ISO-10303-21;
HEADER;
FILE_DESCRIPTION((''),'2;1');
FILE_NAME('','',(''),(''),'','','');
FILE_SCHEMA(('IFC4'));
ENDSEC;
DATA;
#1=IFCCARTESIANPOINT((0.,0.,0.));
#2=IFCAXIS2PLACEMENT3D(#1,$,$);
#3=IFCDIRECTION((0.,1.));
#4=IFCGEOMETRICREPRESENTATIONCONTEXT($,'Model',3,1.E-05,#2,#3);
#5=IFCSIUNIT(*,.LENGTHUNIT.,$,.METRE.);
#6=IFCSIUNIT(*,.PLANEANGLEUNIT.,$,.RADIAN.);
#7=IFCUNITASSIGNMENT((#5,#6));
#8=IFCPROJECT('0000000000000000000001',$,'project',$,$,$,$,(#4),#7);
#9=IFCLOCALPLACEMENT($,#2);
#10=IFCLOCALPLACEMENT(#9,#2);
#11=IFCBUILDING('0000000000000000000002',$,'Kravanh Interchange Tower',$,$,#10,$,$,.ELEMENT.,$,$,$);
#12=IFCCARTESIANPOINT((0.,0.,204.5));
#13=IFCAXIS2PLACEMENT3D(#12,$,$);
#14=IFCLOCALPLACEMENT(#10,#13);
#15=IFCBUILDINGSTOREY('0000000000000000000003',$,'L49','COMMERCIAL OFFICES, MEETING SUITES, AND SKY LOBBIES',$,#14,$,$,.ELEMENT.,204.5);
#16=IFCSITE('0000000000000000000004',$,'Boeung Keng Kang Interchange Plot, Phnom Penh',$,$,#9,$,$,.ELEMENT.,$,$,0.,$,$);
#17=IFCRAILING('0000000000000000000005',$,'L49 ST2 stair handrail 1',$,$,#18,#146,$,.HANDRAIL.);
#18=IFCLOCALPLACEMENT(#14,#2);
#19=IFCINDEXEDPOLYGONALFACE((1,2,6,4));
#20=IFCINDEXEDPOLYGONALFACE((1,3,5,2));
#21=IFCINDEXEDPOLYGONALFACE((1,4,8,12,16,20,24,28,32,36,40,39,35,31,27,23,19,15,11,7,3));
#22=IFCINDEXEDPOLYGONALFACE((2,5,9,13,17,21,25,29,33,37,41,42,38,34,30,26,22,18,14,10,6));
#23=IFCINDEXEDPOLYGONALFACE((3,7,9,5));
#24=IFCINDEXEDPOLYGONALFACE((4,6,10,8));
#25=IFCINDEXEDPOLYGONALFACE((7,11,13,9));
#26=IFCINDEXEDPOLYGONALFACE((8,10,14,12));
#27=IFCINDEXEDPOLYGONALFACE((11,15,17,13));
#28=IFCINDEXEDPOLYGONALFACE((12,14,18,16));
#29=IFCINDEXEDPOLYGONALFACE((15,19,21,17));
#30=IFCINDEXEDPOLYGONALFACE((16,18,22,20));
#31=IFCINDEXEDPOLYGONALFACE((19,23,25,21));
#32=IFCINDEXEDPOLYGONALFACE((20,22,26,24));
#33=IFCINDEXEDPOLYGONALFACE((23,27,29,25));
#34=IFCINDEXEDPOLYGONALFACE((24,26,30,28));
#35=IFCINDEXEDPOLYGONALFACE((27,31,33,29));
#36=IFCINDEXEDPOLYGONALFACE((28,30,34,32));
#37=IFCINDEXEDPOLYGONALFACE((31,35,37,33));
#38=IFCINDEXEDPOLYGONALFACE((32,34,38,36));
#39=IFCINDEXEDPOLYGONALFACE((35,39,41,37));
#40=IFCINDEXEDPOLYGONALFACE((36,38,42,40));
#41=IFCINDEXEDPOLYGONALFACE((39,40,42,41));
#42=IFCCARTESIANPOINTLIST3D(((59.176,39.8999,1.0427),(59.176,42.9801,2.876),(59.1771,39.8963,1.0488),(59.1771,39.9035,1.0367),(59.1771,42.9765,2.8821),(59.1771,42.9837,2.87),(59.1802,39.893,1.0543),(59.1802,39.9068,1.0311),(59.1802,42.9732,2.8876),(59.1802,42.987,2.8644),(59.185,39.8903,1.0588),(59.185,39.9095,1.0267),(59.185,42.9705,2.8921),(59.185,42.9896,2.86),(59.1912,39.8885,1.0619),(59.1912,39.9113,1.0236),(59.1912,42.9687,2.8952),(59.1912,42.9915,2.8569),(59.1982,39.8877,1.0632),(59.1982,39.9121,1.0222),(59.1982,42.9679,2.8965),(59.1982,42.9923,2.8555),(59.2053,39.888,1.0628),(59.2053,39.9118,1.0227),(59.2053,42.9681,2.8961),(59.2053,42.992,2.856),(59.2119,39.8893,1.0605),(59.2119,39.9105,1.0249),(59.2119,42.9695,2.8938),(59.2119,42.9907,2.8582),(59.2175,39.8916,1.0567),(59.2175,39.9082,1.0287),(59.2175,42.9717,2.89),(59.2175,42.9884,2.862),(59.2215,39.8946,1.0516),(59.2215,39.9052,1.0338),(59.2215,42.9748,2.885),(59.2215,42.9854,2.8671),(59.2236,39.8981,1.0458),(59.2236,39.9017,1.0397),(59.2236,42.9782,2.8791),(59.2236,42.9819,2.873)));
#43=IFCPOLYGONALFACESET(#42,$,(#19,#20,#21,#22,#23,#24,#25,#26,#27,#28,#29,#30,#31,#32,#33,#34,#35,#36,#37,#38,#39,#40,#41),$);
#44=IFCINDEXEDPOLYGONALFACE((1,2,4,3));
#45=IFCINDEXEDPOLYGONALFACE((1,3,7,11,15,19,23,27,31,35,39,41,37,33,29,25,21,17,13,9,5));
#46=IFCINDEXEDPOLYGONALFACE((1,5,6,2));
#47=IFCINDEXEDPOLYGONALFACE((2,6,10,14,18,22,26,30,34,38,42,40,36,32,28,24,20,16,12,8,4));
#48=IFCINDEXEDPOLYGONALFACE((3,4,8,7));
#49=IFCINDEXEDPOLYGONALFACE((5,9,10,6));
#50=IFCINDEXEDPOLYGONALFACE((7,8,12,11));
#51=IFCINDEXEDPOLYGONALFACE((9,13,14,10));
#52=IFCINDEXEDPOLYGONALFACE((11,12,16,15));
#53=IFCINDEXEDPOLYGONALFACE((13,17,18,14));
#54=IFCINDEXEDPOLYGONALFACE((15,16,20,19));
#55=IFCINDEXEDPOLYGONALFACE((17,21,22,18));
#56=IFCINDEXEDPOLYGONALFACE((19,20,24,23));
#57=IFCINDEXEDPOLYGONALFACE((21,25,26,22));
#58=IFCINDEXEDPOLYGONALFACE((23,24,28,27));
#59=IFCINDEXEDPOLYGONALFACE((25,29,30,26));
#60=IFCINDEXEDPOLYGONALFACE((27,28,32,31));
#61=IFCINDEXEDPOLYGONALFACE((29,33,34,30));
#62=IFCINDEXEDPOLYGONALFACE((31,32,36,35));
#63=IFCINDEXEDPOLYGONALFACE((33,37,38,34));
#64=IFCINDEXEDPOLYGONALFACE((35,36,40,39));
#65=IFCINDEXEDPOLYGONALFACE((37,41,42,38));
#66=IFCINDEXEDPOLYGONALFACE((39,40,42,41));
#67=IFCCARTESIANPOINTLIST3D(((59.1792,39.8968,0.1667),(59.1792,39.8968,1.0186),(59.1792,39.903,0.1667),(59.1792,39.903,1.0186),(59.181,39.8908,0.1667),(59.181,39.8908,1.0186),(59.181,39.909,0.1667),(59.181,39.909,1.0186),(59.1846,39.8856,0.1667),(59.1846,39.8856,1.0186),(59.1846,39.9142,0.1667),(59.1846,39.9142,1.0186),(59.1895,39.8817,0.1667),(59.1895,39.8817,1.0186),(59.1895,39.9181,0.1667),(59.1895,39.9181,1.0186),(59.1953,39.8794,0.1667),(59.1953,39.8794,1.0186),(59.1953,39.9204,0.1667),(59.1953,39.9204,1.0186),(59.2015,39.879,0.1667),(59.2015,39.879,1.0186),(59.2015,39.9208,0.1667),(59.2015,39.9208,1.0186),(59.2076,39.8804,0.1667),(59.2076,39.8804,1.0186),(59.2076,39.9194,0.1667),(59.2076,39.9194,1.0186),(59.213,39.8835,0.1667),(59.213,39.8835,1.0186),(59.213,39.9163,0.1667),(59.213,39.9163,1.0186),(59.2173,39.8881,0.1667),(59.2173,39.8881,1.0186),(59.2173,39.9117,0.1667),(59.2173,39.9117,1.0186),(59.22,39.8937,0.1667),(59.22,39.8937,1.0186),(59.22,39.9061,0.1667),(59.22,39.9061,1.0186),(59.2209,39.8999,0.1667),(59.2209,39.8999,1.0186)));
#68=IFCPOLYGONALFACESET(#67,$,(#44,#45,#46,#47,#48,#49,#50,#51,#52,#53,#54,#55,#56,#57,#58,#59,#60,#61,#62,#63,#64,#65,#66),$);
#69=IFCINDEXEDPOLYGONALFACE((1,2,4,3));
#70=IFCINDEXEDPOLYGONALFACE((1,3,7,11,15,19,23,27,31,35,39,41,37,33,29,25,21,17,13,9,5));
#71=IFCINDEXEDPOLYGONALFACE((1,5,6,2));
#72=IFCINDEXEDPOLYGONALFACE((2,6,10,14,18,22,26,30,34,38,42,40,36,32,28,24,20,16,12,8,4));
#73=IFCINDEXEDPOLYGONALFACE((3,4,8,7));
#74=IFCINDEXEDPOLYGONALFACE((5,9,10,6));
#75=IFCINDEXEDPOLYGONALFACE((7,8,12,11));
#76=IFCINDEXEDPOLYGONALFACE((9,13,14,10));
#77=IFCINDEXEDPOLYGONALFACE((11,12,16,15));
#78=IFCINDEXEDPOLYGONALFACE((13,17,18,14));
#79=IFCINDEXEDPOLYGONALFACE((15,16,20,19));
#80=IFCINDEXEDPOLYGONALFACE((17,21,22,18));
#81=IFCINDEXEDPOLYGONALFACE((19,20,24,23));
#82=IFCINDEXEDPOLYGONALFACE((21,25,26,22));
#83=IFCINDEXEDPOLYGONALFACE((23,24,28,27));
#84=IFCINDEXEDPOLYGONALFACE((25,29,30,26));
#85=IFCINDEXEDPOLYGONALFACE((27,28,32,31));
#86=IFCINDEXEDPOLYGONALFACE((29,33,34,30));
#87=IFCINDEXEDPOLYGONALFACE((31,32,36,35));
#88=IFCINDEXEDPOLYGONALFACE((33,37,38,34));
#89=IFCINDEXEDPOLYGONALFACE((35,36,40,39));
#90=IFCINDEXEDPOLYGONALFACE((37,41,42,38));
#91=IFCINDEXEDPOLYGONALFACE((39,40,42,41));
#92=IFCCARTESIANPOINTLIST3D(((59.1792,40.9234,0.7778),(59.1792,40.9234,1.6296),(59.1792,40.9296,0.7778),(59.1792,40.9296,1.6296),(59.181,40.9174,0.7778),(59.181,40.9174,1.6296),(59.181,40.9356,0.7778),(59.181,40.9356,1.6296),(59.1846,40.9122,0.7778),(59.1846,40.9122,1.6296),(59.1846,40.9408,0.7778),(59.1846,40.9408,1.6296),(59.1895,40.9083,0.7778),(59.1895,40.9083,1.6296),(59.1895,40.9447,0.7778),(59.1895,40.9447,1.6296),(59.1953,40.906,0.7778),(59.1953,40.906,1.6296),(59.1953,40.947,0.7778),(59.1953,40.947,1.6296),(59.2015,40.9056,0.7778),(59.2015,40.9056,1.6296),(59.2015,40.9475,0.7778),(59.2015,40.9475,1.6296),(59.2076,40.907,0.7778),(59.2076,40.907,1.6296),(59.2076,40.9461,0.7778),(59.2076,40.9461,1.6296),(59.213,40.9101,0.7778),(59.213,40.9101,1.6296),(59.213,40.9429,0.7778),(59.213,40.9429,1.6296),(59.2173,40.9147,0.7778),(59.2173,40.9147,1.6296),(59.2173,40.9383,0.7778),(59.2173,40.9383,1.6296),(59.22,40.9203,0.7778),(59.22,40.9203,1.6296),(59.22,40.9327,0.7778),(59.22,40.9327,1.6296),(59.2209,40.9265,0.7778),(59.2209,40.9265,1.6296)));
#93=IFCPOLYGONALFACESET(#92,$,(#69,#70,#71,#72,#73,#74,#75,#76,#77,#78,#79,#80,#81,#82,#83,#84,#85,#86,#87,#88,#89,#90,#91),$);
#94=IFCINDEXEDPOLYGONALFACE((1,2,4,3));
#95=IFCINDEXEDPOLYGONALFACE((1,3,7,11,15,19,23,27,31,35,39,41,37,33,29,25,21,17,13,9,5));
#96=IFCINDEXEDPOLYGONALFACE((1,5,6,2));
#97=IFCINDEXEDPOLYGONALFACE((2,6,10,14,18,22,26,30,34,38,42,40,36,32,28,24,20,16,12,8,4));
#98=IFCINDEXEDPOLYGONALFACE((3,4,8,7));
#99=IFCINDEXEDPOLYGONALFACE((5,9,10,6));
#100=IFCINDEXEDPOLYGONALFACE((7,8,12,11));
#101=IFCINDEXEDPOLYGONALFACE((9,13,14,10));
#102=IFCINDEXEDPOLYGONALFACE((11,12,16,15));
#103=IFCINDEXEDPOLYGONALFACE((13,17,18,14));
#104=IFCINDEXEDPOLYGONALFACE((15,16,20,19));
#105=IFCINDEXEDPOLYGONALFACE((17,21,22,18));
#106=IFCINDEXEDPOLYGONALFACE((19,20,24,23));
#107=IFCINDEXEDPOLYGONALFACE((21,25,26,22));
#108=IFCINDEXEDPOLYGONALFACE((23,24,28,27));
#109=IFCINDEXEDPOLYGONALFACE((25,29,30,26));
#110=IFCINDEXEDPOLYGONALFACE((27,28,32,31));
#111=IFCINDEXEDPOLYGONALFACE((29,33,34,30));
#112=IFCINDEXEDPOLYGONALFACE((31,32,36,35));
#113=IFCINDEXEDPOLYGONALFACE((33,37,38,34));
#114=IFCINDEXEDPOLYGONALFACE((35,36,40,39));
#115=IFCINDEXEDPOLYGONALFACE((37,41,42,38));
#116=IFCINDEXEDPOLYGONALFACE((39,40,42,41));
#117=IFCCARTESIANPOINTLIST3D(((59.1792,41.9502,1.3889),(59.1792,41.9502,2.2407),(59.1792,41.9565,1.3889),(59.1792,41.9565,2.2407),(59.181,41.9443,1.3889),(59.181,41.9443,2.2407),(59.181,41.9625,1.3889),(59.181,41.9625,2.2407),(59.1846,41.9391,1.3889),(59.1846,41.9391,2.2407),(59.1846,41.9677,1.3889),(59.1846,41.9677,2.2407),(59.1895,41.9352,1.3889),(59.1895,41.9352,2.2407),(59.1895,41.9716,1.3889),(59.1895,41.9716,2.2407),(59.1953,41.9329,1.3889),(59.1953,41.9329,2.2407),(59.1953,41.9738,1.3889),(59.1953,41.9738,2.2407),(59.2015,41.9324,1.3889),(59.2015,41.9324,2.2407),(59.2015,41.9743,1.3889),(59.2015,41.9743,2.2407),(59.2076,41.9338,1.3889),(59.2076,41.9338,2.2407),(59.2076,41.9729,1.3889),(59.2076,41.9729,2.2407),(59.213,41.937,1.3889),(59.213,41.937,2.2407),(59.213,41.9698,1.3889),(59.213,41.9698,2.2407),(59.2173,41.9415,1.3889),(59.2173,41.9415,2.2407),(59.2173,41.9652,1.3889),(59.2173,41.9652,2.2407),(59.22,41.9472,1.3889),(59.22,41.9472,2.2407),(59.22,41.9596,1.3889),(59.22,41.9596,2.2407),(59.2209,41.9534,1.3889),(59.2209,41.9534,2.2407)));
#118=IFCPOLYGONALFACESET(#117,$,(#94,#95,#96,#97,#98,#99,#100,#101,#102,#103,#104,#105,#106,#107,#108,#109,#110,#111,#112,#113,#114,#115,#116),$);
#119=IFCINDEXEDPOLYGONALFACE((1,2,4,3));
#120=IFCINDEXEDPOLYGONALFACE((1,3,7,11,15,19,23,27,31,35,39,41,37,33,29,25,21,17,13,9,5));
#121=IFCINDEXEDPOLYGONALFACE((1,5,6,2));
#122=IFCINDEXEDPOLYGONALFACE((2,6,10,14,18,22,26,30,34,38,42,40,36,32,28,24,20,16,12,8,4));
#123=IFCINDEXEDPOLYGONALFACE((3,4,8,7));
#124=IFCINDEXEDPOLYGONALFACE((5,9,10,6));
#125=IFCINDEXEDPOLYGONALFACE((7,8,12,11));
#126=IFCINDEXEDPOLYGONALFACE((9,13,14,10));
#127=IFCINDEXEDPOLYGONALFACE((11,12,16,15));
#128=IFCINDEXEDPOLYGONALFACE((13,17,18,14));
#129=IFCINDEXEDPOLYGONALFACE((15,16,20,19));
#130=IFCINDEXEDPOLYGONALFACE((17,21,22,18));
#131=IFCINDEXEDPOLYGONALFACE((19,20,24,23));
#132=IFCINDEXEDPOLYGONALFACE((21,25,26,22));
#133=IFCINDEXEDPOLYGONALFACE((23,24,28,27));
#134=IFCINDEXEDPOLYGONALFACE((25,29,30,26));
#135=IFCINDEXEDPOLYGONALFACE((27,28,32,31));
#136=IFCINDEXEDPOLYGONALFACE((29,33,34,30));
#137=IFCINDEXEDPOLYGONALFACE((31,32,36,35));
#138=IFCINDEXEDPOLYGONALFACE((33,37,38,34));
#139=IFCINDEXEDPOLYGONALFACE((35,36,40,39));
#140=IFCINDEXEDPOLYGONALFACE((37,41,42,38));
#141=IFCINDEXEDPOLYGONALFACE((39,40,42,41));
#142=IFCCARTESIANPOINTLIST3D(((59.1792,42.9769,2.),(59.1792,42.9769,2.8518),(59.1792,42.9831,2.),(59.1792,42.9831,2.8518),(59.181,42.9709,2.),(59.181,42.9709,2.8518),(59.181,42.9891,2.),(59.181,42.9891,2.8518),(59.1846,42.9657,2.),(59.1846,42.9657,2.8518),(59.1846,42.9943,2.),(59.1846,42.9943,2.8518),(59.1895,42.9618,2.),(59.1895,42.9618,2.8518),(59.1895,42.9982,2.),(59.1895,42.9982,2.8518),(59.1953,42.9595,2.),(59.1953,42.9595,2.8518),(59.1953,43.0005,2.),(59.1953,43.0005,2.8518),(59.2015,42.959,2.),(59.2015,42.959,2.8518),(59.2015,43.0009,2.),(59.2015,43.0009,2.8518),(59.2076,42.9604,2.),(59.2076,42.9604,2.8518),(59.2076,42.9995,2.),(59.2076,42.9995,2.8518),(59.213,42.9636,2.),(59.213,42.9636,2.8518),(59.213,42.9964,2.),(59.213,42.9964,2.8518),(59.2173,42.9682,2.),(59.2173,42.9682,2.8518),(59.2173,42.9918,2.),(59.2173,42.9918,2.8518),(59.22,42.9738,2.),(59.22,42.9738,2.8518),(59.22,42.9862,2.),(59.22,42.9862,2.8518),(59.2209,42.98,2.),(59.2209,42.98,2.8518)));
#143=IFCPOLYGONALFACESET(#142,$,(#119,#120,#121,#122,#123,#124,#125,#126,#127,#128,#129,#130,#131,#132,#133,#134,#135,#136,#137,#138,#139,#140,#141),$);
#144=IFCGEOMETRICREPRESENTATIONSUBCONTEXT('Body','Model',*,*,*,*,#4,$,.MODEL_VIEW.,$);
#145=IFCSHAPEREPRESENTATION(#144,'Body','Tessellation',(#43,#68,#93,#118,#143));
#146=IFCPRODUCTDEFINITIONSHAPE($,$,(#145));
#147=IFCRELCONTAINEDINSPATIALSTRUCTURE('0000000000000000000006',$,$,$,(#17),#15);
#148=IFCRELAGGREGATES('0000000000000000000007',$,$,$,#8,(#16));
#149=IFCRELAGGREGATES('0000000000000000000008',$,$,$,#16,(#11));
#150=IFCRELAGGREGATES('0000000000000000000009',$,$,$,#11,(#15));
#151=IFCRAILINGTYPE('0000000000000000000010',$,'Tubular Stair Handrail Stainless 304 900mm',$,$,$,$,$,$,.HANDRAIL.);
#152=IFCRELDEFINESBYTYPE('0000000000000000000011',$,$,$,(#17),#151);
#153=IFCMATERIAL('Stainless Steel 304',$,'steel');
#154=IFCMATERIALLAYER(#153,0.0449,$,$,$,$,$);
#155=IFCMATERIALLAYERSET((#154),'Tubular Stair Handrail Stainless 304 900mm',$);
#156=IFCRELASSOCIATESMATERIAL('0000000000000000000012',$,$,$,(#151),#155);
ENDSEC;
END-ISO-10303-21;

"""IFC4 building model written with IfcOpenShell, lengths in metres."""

from ifc_helpers import new_model, si_unit, direction, frame, origin, origin_2d, place, context, subcontext, project, spatial, circle, extrude, material, layer, layer_set, type_object, element, save


model = new_model("IFC4")

# Units and contexts
model_context = context("Model", 3, precision=1e-05, world=origin(), true_north=direction((0.0, 1.0)))
body_context = subcontext(model_context, "Body", "Model", "MODEL_VIEW")
ifc_project = project(units=[si_unit("LENGTHUNIT", "METRE"), si_unit("PLANEANGLEUNIT", "RADIAN")], contexts=[model_context])

# Site, building, storey
site_placement = place(None, origin())
site = spatial("IfcSite", under=ifc_project, at=site_placement, Name="Boeung Keng Kang Interchange Plot, Phnom Penh", CompositionType="ELEMENT", RefElevation=0.0)
building_placement = place(site_placement, origin())
building = spatial("IfcBuilding", under=site, at=building_placement, Name="Kravanh Interchange Tower", CompositionType="ELEMENT")
storey_placement = place(building_placement, frame((0.0, 0.0, 204.5)))
storey = spatial("IfcBuildingStorey", under=building, at=storey_placement, Name="L49", Description="COMMERCIAL OFFICES, MEETING SUITES, AND SKY LOBBIES", CompositionType="ELEMENT", Elevation=204.5)

# Railing
ifc_material_1 = material(Name="Stainless Steel 304", Category="steel")
ifc_layer_1 = layer(ifc_material_1, 0.0449)
ifc_layer_set_1 = layer_set([ifc_layer_1], Name="Tubular Stair Handrail Stainless 304 900mm")
railing_type_1 = type_object("IfcRailingType", Name="Tubular Stair Handrail Stainless 304 900mm", PredefinedType="HANDRAIL", material=ifc_layer_set_1)
railing_1_placement = place(storey_placement, frame((59.2, 39.8999, 0.1667)))
element("IfcRailing", 1, at=railing_1_placement, inside=storey, type_object=railing_type_1, Name="L49 ST2 stair handrail 1", PredefinedType="HANDRAIL", context=body_context, shape_type="SweptSolid", body=[
    extrude(circle(Radius=0.0239, at=origin_2d()), frame((0.0, 0.0, 0.876), z_axis=(0.0, 0.859309, 0.511458), x_axis=(-1.0, 0.0, 0.0)), (0.0, 0.0, 1.0), 3.5845),
    extrude(circle(Radius=0.021, at=origin_2d()), origin(), (0.0, 0.0, 1.0), 0.8518),
    extrude(circle(Radius=0.021, at=origin_2d()), frame((0.0, 1.0266, 0.6111)), (0.0, 0.0, 1.0), 0.8518),
    extrude(circle(Radius=0.021, at=origin_2d()), frame((0.0, 2.0535, 1.2222)), (0.0, 0.0, 1.0), 0.8518),
    extrude(circle(Radius=0.021, at=origin_2d()), frame((0.0, 3.0801, 1.8333)), (0.0, 0.0, 1.0), 0.8518),
])

save(model, "model.ifc")
